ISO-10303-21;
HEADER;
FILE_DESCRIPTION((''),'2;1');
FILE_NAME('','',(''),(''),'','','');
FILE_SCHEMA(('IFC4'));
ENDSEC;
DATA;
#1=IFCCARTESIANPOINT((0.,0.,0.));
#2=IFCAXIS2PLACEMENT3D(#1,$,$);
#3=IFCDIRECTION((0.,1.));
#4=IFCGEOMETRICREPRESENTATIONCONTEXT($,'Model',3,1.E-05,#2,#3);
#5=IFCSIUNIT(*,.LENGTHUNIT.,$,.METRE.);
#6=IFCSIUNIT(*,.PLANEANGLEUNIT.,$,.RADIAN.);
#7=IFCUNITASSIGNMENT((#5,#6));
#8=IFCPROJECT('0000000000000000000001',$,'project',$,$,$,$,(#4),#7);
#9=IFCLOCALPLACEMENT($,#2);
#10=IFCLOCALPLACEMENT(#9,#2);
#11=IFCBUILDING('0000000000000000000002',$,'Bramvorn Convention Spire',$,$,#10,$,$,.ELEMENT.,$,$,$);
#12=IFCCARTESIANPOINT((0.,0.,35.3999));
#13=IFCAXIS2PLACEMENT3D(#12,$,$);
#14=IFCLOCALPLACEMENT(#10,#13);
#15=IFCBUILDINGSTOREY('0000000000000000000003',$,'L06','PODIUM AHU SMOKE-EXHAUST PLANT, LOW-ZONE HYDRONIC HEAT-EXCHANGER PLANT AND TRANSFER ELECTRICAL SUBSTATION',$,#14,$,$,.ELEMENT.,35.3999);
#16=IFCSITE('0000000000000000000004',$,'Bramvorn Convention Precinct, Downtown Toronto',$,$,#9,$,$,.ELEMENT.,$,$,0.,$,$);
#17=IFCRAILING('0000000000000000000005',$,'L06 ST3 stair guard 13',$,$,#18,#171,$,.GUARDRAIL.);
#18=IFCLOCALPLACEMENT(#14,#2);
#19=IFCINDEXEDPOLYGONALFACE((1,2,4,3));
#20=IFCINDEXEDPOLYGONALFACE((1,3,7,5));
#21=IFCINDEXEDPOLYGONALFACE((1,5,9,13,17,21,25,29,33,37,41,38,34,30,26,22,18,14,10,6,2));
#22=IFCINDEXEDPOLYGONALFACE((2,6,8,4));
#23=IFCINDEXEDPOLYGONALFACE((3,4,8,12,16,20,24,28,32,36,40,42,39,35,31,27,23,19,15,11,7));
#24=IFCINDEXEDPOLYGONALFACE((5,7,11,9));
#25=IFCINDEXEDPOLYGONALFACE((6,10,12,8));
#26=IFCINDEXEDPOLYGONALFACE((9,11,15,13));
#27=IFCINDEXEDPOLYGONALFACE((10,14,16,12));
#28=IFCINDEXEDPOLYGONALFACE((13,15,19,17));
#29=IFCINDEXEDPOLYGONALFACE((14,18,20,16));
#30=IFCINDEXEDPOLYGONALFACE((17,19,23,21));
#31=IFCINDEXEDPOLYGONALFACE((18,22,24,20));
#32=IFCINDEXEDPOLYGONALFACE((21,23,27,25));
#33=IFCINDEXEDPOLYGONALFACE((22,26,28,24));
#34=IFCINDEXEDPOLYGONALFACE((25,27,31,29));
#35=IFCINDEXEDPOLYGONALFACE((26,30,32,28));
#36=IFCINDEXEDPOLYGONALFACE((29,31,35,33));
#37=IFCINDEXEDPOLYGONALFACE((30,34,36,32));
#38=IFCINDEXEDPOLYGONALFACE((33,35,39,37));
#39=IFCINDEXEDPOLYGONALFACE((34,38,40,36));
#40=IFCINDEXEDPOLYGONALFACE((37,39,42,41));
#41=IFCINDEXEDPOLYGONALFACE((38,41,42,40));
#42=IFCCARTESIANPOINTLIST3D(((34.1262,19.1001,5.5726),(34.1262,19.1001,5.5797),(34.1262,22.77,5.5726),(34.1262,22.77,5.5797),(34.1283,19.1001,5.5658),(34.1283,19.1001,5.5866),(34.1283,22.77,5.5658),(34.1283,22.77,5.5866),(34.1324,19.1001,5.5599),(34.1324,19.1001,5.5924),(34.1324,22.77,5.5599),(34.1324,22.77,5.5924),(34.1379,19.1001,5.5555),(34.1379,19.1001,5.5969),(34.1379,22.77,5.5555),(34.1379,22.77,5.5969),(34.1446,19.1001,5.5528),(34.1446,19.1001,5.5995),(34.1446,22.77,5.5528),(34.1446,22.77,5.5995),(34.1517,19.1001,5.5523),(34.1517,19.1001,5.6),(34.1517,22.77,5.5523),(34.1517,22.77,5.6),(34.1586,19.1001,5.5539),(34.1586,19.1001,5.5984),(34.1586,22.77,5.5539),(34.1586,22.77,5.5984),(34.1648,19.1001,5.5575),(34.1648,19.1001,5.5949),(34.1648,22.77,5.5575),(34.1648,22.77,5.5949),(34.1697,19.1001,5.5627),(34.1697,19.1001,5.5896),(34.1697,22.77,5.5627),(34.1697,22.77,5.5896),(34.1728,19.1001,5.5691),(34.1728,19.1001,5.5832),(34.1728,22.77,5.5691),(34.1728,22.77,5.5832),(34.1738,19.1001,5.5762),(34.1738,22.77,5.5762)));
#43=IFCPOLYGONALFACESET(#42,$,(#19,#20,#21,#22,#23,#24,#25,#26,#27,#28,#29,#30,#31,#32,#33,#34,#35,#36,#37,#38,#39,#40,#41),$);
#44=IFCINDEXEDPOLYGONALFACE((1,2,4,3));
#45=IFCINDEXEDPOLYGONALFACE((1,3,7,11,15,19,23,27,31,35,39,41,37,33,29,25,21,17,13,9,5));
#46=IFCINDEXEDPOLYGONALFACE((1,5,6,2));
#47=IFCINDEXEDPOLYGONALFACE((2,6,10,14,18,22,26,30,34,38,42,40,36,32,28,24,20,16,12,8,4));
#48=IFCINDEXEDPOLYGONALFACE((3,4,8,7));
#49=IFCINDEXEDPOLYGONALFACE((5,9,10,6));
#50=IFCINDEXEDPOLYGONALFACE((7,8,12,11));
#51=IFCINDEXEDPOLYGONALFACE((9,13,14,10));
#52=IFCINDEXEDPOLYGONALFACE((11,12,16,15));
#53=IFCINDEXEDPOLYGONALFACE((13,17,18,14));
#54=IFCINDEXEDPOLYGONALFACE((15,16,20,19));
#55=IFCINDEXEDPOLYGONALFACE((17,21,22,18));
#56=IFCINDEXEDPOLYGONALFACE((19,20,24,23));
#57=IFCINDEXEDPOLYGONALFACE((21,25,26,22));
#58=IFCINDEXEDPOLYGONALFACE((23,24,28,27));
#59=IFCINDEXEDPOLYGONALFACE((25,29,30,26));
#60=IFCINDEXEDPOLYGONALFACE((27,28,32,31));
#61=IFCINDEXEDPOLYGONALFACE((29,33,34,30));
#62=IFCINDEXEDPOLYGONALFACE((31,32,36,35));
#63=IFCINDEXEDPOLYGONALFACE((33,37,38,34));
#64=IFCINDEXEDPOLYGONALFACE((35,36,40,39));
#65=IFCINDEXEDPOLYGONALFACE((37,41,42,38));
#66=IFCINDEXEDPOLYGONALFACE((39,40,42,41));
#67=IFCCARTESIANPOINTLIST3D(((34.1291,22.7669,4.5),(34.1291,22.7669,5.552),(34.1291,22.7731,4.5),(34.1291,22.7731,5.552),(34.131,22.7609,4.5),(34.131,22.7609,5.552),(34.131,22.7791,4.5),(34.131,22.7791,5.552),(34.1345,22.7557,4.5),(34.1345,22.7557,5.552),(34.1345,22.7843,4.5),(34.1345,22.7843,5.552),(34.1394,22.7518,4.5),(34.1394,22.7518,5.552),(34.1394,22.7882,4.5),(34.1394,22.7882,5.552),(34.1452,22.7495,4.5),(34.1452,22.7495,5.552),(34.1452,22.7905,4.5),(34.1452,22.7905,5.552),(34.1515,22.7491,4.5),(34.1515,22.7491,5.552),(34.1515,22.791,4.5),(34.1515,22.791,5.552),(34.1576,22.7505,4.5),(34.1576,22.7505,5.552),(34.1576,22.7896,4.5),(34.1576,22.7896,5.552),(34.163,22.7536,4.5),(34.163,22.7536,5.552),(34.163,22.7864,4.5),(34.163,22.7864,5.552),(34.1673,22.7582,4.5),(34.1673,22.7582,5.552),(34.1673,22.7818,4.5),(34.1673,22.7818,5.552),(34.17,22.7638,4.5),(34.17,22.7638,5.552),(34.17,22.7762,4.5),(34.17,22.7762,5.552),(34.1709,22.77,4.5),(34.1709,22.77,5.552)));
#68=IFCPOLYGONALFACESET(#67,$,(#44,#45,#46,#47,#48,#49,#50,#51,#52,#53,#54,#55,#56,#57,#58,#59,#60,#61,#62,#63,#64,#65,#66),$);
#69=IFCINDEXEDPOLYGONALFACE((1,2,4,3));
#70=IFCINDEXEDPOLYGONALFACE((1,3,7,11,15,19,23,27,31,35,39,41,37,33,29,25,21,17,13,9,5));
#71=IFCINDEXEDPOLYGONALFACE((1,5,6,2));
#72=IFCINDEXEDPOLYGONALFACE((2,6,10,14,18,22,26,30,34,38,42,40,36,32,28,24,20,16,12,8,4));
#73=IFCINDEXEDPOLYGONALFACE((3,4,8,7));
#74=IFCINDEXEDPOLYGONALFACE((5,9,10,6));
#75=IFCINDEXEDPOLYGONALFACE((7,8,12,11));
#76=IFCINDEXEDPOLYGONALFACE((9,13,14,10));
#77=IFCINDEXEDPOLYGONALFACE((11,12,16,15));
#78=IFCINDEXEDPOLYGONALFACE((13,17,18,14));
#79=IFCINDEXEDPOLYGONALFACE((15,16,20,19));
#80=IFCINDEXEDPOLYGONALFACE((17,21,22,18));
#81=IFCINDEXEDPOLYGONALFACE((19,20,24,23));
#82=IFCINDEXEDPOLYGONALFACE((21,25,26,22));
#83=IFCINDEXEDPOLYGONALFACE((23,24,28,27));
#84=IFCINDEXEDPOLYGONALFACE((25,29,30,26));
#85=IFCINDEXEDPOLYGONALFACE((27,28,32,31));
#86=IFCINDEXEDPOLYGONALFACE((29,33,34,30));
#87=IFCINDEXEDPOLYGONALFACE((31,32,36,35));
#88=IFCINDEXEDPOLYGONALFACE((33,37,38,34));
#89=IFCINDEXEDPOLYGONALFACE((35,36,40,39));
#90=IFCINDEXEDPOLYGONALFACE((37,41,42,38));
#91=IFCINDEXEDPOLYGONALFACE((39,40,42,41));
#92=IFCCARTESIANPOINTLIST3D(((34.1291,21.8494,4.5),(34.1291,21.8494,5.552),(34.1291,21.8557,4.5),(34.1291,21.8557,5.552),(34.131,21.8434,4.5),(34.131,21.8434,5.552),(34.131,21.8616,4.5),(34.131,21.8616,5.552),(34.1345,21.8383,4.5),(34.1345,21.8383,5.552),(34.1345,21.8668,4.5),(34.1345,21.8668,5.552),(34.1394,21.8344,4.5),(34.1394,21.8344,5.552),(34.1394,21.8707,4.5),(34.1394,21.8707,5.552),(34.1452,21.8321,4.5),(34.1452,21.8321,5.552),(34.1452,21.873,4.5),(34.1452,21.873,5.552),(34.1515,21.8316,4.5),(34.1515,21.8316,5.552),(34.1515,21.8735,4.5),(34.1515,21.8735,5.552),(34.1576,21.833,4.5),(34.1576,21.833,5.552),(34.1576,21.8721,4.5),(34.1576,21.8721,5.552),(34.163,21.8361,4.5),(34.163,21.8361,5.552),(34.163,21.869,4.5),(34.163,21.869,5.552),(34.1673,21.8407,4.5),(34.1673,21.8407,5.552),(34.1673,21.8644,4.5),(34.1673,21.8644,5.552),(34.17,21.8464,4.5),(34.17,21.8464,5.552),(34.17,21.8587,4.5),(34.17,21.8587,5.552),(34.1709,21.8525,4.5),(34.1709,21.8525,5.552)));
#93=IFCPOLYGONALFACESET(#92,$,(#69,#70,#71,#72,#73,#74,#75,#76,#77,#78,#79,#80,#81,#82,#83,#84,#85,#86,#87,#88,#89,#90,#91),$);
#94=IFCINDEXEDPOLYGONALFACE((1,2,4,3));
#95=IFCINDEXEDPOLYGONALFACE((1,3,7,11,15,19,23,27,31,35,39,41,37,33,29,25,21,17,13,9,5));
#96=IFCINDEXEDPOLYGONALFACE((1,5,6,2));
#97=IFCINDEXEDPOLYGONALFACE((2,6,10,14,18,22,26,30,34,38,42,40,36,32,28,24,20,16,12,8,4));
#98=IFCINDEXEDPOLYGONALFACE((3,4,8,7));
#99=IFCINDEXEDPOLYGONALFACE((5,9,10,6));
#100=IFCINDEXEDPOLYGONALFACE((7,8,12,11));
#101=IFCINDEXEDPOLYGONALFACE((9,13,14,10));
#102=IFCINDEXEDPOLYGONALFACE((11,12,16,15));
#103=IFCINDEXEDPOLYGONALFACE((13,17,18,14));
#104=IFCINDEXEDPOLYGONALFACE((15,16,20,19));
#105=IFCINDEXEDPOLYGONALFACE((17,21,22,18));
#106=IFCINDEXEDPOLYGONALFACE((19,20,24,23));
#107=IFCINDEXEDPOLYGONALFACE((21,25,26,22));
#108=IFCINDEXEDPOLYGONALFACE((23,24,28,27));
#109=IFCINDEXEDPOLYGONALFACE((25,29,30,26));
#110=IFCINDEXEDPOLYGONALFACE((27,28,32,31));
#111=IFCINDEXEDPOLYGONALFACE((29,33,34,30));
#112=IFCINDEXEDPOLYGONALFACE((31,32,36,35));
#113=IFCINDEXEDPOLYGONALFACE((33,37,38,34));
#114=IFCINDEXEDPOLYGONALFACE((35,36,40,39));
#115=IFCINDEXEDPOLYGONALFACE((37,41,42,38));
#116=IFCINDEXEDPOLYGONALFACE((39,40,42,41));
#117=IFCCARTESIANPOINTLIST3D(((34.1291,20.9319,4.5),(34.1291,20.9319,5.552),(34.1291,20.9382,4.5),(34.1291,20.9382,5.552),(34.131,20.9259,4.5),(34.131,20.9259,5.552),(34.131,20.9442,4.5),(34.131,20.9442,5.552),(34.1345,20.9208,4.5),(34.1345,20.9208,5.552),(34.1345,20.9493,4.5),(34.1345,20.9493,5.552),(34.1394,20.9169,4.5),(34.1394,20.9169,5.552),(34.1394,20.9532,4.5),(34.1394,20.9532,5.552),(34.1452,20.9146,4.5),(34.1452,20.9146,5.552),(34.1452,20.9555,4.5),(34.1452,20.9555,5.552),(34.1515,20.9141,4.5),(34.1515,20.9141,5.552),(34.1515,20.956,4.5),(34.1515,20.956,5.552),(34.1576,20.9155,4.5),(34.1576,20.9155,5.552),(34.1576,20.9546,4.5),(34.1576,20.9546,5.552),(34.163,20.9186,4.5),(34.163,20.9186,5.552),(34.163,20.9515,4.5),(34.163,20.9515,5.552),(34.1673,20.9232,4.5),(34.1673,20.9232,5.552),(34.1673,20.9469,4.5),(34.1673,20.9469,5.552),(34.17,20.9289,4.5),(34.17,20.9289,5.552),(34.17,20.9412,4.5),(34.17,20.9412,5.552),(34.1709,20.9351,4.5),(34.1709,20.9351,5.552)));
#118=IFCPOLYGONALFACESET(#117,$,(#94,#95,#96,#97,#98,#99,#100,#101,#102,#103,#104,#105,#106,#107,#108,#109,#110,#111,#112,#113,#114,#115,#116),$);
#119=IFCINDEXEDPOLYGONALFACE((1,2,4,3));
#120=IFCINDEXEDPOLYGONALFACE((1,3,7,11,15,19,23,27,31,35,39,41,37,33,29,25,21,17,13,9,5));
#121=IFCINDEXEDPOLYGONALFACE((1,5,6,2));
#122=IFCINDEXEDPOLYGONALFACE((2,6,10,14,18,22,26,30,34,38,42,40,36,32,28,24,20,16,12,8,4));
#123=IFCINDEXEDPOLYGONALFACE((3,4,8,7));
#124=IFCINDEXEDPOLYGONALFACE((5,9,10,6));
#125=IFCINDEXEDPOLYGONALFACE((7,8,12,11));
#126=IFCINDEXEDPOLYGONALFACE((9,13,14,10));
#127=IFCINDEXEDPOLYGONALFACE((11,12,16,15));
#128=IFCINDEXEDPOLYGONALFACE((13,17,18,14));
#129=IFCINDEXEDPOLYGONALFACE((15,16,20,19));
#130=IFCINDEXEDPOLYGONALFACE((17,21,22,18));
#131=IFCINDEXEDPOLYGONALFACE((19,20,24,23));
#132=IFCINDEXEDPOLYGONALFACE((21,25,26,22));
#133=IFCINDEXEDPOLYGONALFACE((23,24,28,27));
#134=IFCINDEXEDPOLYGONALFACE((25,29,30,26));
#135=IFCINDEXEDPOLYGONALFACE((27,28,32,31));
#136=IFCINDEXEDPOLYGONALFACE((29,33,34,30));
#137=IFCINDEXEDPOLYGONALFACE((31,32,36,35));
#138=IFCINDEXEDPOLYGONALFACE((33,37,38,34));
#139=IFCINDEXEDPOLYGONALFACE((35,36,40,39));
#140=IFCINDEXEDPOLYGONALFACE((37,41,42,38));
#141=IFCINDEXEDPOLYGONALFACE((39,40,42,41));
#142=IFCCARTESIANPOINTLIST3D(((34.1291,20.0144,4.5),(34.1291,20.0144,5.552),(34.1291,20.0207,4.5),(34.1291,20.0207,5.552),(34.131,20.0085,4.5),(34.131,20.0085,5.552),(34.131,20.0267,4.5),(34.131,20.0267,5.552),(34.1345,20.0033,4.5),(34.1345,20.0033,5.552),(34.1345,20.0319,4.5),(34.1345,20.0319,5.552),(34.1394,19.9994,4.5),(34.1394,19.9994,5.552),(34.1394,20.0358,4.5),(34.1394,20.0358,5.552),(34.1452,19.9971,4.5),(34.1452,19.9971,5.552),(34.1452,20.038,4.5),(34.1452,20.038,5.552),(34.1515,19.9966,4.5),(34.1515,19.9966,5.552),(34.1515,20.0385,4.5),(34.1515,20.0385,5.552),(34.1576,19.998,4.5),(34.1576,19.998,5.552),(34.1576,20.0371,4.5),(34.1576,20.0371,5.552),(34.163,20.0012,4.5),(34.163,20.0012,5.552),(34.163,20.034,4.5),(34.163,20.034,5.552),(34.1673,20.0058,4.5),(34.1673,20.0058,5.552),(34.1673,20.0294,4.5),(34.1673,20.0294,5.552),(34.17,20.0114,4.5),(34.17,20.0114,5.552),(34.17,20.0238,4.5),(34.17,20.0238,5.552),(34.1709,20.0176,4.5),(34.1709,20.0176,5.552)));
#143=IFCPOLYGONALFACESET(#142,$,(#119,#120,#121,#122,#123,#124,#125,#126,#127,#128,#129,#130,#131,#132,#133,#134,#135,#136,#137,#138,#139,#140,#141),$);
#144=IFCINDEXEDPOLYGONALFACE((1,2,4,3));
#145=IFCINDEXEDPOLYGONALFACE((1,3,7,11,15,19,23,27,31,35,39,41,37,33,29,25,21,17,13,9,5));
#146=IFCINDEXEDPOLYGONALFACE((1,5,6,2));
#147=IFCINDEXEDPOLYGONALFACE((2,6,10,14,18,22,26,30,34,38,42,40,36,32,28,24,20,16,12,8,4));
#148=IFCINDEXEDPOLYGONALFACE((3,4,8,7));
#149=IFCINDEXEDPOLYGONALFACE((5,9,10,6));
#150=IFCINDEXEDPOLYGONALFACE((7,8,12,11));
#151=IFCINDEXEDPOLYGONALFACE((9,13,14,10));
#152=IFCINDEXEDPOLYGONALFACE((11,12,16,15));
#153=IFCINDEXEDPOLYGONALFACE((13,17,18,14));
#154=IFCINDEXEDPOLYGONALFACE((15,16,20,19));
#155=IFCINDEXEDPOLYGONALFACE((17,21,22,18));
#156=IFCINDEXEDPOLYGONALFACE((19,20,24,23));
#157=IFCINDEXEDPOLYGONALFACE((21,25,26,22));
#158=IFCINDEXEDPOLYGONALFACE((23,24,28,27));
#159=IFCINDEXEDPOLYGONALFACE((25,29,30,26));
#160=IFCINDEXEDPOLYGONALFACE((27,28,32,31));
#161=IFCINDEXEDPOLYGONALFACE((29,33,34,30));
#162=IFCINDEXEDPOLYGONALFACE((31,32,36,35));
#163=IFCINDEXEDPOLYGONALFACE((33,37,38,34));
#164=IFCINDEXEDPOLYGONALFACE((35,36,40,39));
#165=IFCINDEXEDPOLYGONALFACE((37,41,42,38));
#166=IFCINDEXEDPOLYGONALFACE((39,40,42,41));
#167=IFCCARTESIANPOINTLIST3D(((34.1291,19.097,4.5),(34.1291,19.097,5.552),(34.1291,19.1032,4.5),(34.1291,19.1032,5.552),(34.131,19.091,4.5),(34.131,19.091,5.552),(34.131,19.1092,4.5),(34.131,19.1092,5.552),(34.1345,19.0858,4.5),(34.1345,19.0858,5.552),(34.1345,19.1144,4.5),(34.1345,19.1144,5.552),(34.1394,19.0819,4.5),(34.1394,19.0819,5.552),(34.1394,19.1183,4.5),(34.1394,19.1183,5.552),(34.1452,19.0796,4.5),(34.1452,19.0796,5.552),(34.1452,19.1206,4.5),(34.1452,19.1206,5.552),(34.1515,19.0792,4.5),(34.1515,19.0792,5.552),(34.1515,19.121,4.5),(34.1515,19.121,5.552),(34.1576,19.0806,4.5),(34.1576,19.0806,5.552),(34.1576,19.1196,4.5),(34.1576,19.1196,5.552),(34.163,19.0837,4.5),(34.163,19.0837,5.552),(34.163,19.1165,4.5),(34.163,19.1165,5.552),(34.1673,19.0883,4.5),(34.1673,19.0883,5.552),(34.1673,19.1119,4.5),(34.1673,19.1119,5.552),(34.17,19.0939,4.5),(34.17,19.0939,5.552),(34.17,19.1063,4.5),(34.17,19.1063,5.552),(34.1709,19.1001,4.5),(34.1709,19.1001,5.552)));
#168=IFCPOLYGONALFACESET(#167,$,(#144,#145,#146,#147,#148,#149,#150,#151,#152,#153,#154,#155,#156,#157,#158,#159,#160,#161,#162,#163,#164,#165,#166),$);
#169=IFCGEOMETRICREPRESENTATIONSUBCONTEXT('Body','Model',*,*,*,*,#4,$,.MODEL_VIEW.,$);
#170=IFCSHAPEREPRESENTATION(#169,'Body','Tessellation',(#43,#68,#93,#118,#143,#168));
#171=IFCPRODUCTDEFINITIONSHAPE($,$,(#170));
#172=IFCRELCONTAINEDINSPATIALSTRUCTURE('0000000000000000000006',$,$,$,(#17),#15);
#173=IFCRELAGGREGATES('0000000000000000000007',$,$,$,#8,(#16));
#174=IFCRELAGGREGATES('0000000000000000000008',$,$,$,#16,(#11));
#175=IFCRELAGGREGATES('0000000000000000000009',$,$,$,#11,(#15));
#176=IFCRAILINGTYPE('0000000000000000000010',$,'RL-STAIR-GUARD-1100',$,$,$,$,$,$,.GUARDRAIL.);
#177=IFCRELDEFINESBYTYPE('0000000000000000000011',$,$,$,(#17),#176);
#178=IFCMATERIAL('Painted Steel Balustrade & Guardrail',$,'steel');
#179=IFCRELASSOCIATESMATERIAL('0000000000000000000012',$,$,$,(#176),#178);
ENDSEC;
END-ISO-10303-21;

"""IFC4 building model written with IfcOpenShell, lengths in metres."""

from ifc_helpers import new_model, si_unit, direction, frame, origin, origin_2d, place, context, subcontext, project, spatial, circle, extrude, material, type_object, element, save


model = new_model("IFC4")

# Units and contexts
model_context = context("Model", 3, precision=1e-05, world=origin(), true_north=direction((0.0, 1.0)))
body_context = subcontext(model_context, "Body", "Model", "MODEL_VIEW")
ifc_project = project(units=[si_unit("LENGTHUNIT", "METRE"), si_unit("PLANEANGLEUNIT", "RADIAN")], contexts=[model_context])

# Site, building, storey
site_placement = place(None, origin())
site = spatial("IfcSite", under=ifc_project, at=site_placement, Name="Bramvorn Convention Precinct, Downtown Toronto", CompositionType="ELEMENT", RefElevation=0.0)
building_placement = place(site_placement, origin())
building = spatial("IfcBuilding", under=site, at=building_placement, Name="Bramvorn Convention Spire", CompositionType="ELEMENT")
storey_placement = place(building_placement, frame((0.0, 0.0, 35.3999)))
storey = spatial("IfcBuildingStorey", under=building, at=storey_placement, Name="L06", Description="PODIUM AHU SMOKE-EXHAUST PLANT, LOW-ZONE HYDRONIC HEAT-EXCHANGER PLANT AND TRANSFER ELECTRICAL SUBSTATION", CompositionType="ELEMENT", Elevation=35.3999)

# Railing
ifc_material_1 = material(Name="Painted Steel Balustrade & Guardrail", Category="steel")
railing_type_1 = type_object("IfcRailingType", Name="RL-STAIR-GUARD-1100", PredefinedType="GUARDRAIL", material=ifc_material_1)
railing_1_placement = place(storey_placement, frame((34.1499, 22.77, 4.5)))
element("IfcRailing", 1, at=railing_1_placement, inside=storey, type_object=railing_type_1, Name="L06 ST3 stair guard 13", PredefinedType="GUARDRAIL", context=body_context, shape_type="SweptSolid", body=[
    extrude(circle(Radius=0.0239, at=origin_2d()), frame((0.0, 0.0, 1.0762), z_axis=(0.0, -1.0, 0.0), x_axis=(1.0, 0.0, 0.0)), (0.0, 0.0, 1.0), 3.6699),
    extrude(circle(Radius=0.021, at=origin_2d()), origin(), (0.0, 0.0, 1.0), 1.052),
    extrude(circle(Radius=0.021, at=origin_2d()), frame((0.0, -0.9175, 0.0)), (0.0, 0.0, 1.0), 1.052),
    extrude(circle(Radius=0.021, at=origin_2d()), frame((0.0, -1.835, 0.0)), (0.0, 0.0, 1.0), 1.052),
    extrude(circle(Radius=0.021, at=origin_2d()), frame((0.0, -2.7524, 0.0)), (0.0, 0.0, 1.0), 1.052),
    extrude(circle(Radius=0.021, at=origin_2d()), frame((0.0, -3.6699, 0.0)), (0.0, 0.0, 1.0), 1.052),
])

save(model, "model.ifc")
